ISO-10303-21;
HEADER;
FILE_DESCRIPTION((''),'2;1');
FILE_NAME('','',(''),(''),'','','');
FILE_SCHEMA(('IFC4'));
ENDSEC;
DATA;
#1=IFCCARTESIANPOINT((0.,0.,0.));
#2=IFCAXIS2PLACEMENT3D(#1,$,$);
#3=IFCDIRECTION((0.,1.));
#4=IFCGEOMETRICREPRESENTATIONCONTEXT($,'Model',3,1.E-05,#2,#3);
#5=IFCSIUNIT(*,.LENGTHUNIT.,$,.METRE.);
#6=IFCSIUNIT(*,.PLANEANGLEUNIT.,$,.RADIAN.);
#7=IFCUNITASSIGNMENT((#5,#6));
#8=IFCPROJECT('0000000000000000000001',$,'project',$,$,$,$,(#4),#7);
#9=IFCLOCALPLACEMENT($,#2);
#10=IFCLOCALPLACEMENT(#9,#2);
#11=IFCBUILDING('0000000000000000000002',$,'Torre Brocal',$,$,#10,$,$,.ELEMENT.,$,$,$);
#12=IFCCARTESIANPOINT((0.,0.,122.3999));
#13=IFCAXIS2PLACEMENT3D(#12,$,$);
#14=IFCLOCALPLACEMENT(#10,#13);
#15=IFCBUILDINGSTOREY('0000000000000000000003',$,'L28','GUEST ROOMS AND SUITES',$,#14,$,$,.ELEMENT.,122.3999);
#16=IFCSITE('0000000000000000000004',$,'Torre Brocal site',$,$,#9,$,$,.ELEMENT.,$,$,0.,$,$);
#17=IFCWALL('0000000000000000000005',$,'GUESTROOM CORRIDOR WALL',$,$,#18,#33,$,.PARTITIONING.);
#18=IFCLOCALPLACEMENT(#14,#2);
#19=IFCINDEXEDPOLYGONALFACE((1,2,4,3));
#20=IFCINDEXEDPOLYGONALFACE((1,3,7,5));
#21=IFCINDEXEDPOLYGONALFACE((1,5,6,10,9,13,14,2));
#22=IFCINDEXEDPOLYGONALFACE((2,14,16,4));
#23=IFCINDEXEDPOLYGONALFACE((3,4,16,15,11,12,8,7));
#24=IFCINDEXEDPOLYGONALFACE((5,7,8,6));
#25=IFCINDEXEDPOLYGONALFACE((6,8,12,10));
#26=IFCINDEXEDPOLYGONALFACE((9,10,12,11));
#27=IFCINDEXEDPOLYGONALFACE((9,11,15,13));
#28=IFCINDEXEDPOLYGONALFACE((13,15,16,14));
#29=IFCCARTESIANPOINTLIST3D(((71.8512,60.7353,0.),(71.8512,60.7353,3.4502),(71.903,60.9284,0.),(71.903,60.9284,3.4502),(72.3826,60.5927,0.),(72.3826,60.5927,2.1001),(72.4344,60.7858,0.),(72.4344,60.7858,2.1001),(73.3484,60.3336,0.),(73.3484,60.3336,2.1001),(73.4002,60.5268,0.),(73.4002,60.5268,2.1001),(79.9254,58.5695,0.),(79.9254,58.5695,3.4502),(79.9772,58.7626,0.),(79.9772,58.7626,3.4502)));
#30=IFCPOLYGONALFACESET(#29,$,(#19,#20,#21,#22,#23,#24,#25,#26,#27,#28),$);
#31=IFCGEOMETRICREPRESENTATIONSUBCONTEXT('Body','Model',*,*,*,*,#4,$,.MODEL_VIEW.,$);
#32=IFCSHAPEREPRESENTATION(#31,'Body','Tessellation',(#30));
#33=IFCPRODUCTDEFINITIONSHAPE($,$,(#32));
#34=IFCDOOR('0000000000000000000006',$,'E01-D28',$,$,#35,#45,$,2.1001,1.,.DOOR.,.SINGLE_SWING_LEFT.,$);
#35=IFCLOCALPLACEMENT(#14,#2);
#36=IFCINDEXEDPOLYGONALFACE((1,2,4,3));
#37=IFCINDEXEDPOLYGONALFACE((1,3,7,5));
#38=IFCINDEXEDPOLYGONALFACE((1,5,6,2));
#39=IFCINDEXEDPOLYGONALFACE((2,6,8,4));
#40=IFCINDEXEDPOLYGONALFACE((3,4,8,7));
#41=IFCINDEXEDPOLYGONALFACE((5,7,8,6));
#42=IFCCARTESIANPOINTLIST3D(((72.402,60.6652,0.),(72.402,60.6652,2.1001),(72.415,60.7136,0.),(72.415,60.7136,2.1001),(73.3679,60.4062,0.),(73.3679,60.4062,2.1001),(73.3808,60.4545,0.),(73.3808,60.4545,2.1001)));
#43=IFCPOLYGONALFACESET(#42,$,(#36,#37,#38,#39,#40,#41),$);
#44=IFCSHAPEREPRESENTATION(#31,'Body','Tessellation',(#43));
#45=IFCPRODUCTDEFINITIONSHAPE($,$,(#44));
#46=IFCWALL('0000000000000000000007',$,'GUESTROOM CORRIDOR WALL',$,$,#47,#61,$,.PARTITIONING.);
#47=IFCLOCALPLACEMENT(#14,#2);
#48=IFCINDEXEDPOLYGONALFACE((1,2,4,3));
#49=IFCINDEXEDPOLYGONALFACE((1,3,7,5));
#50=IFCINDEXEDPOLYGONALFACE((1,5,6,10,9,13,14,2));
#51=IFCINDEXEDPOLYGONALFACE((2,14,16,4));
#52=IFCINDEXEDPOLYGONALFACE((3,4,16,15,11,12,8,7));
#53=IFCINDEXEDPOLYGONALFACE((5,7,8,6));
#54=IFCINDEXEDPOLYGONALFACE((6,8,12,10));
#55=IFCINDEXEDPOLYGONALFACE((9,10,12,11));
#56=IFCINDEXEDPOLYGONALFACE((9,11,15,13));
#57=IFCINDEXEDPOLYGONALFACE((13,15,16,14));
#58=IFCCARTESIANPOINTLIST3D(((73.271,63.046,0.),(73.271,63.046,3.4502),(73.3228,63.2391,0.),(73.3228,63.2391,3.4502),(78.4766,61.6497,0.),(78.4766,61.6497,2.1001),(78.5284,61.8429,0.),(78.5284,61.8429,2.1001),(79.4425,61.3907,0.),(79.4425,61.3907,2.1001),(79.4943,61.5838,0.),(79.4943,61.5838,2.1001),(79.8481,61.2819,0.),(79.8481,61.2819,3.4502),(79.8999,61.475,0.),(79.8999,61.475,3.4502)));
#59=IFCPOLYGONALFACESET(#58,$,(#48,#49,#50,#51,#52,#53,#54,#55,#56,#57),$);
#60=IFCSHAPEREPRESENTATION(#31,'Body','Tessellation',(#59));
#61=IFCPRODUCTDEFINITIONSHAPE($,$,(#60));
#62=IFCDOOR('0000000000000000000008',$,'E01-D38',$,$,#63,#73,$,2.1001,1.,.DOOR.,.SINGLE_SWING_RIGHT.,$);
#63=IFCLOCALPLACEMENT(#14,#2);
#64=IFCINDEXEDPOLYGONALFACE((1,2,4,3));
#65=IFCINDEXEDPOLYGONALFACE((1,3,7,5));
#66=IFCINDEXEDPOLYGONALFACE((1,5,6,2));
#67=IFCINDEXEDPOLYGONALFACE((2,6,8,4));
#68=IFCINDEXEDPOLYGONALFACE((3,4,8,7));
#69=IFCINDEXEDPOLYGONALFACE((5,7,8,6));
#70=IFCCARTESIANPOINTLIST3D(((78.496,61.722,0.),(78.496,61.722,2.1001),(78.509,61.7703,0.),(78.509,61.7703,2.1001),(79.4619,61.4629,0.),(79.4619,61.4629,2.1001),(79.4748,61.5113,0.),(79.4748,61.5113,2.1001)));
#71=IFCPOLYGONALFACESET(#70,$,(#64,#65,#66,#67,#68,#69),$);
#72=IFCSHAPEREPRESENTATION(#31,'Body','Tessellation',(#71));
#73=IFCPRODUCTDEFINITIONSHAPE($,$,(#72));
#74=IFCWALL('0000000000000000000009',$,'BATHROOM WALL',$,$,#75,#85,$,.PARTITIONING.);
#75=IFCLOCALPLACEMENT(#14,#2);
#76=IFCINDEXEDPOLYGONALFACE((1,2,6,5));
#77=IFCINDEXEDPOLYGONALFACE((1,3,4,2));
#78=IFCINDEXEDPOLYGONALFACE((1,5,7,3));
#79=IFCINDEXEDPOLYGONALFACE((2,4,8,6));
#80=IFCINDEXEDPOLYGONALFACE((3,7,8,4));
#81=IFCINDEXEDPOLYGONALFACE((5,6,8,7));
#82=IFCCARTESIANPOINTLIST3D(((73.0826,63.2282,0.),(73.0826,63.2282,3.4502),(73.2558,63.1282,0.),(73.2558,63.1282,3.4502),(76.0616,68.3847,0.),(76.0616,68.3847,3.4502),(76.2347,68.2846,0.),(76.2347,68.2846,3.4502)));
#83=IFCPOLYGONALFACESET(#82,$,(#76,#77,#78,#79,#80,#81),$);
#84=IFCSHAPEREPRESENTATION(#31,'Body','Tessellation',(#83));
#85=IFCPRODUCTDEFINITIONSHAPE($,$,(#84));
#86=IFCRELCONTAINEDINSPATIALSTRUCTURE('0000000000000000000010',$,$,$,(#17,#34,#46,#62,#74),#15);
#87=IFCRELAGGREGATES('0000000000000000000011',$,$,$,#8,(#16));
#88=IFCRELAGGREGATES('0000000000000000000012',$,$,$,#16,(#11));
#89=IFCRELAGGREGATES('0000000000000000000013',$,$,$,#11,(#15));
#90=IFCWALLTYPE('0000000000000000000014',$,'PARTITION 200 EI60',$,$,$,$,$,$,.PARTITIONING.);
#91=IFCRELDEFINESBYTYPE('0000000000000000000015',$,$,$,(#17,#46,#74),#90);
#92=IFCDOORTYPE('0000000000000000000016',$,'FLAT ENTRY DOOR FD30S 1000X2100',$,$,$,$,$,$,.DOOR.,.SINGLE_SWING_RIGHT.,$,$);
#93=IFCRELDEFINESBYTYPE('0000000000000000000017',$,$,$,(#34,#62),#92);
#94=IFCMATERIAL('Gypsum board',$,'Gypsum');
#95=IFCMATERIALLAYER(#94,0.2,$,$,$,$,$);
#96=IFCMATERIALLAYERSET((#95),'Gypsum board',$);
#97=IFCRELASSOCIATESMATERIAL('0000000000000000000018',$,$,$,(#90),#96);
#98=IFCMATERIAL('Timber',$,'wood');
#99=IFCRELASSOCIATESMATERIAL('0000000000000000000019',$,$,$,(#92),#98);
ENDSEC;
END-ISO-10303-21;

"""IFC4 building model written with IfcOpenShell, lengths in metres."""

from ifc_helpers import new_model, si_unit, direction, frame, frame_2d, origin, place, context, subcontext, project, spatial, rectangle, extrude, material, layer, layer_set, type_object, element, fill, save


model = new_model("IFC4")

# Units and contexts
model_context = context("Model", 3, precision=1e-05, world=origin(), true_north=direction((0.0, 1.0)))
body_context = subcontext(model_context, "Body", "Model", "MODEL_VIEW")
ifc_project = project(units=[si_unit("LENGTHUNIT", "METRE"), si_unit("PLANEANGLEUNIT", "RADIAN")], contexts=[model_context])

# Site, building, storey
site_placement = place(None, origin())
site = spatial("IfcSite", under=ifc_project, at=site_placement, Name="Torre Brocal site", CompositionType="ELEMENT", RefElevation=0.0)
building_placement = place(site_placement, origin())
building = spatial("IfcBuilding", under=site, at=building_placement, Name="Torre Brocal", CompositionType="ELEMENT")
storey_placement = place(building_placement, frame((0.0, 0.0, 122.3999)))
storey = spatial("IfcBuildingStorey", under=building, at=storey_placement, Name="L28", Description="GUEST ROOMS AND SUITES", CompositionType="ELEMENT", Elevation=122.3999)

# Walls, openings, doors
ifc_material_1 = material(Name="Gypsum board", Category="Gypsum")
ifc_layer_1 = layer(ifc_material_1, 0.2)
ifc_layer_set_1 = layer_set([ifc_layer_1], Name="Gypsum board")
wall_type_1 = type_object("IfcWallType", Name="PARTITION 200 EI60", PredefinedType="PARTITIONING", material=ifc_layer_set_1)
ifc_material_2 = material(Name="Timber", Category="wood")
door_type_1 = type_object("IfcDoorType", Name="FLAT ENTRY DOOR FD30S 1000X2100", OperationType="SINGLE_SWING_RIGHT", PredefinedType="DOOR", material=ifc_material_2)
wall_1_placement = place(storey_placement, frame((71.8772, 60.8318, 0.0), z_axis=(0.0, 0.0, 1.0), x_axis=(0.965857, -0.259075, 0.0)))
wall_1 = element("IfcWall", 1, at=wall_1_placement, inside=storey, type_object=wall_type_1, Name="GUESTROOM CORRIDOR WALL", PredefinedType="PARTITIONING", context=body_context, shape_type="SweptSolid", body=[
    extrude(rectangle(XDim=8.3596, YDim=0.2, at=frame_2d((4.1797, 0.0))), origin(), (0.0, 0.0, 1.0), 3.4502),
])
opening_1_placement = place(wall_1_placement, frame((0.55, 0.0, 0.0)))
opening_1 = element("IfcOpeningElement", 2, at=opening_1_placement, cuts=wall_1, PredefinedType="OPENING", context=body_context, shape_type="SweptSolid", body=[
    extrude(rectangle(XDim=1.0, YDim=2.1001, at=frame_2d((0.5, 1.05))), frame((0.0, 0.1099, 0.0), z_axis=(0.0, -1.0, 0.0), x_axis=(1.0, 0.0, 0.0)), (0.0, 0.0, 1.0), 0.22),
])
door_1_placement = place(opening_1_placement, frame((1.0, 0.0, 0.0), z_axis=(0.0, 0.0, 1.0), x_axis=(-1.0, 0.0, 0.0)))
door_1 = element("IfcDoor", 3, at=door_1_placement, inside=storey, type_object=door_type_1, Name="E01-D28", OperationType="SINGLE_SWING_LEFT", OverallHeight=2.1001, OverallWidth=1.0, PredefinedType="DOOR", context=body_context, shape_type="SweptSolid", body=[
    extrude(rectangle(XDim=1.0, YDim=2.1001, at=frame_2d((0.5, 1.05))), frame((0.0, 0.0249, 0.0), z_axis=(0.0, -1.0, 0.0), x_axis=(1.0, 0.0, 0.0)), (0.0, 0.0, 1.0), 0.05),
])
fill(opening_1, door_1)
wall_2_placement = place(storey_placement, frame((73.2969, 63.1426, 0.0), z_axis=(0.0, 0.0, 1.0), x_axis=(0.965859, -0.259068, 0.0)))
wall_2 = element("IfcWall", 4, at=wall_2_placement, inside=storey, type_object=wall_type_1, Name="GUESTROOM CORRIDOR WALL", PredefinedType="PARTITIONING", context=body_context, shape_type="SweptSolid", body=[
    extrude(rectangle(XDim=6.8096, YDim=0.2, at=frame_2d((3.4048, 0.0))), origin(), (0.0, 0.0, 1.0), 3.4502),
])
opening_2_placement = place(wall_2_placement, frame((5.3896, 0.0, 0.0)))
opening_2 = element("IfcOpeningElement", 5, at=opening_2_placement, cuts=wall_2, PredefinedType="OPENING", context=body_context, shape_type="SweptSolid", body=[
    extrude(rectangle(XDim=1.0, YDim=2.1001, at=frame_2d((0.5, 1.05))), frame((0.0, 0.1099, 0.0), z_axis=(0.0, -1.0, 0.0), x_axis=(1.0, 0.0, 0.0)), (0.0, 0.0, 1.0), 0.22),
])
door_2_placement = place(opening_2_placement, origin())
door_2 = element("IfcDoor", 6, at=door_2_placement, inside=storey, type_object=door_type_1, Name="E01-D38", OperationType="SINGLE_SWING_RIGHT", OverallHeight=2.1001, OverallWidth=1.0, PredefinedType="DOOR", context=body_context, shape_type="SweptSolid", body=[
    extrude(rectangle(XDim=1.0, YDim=2.1001, at=frame_2d((0.5, 1.05))), frame((0.0, 0.0249, 0.0), z_axis=(0.0, -1.0, 0.0), x_axis=(1.0, 0.0, 0.0)), (0.0, 0.0, 1.0), 0.05),
])
fill(opening_2, door_2)

# Wall
wall_3_placement = place(storey_placement, frame((73.1692, 63.1782, 0.0), z_axis=(0.0, 0.0, 1.0), x_axis=(0.500239, 0.865887, 0.0)))
element("IfcWall", 7, at=wall_3_placement, inside=storey, type_object=wall_type_1, Name="BATHROOM WALL", PredefinedType="PARTITIONING", context=body_context, shape_type="SweptSolid", body=[
    extrude(rectangle(XDim=5.9551, YDim=0.2, at=frame_2d((2.9775, 0.0))), origin(), (0.0, 0.0, 1.0), 3.4502),
])

save(model, "model.ifc")
